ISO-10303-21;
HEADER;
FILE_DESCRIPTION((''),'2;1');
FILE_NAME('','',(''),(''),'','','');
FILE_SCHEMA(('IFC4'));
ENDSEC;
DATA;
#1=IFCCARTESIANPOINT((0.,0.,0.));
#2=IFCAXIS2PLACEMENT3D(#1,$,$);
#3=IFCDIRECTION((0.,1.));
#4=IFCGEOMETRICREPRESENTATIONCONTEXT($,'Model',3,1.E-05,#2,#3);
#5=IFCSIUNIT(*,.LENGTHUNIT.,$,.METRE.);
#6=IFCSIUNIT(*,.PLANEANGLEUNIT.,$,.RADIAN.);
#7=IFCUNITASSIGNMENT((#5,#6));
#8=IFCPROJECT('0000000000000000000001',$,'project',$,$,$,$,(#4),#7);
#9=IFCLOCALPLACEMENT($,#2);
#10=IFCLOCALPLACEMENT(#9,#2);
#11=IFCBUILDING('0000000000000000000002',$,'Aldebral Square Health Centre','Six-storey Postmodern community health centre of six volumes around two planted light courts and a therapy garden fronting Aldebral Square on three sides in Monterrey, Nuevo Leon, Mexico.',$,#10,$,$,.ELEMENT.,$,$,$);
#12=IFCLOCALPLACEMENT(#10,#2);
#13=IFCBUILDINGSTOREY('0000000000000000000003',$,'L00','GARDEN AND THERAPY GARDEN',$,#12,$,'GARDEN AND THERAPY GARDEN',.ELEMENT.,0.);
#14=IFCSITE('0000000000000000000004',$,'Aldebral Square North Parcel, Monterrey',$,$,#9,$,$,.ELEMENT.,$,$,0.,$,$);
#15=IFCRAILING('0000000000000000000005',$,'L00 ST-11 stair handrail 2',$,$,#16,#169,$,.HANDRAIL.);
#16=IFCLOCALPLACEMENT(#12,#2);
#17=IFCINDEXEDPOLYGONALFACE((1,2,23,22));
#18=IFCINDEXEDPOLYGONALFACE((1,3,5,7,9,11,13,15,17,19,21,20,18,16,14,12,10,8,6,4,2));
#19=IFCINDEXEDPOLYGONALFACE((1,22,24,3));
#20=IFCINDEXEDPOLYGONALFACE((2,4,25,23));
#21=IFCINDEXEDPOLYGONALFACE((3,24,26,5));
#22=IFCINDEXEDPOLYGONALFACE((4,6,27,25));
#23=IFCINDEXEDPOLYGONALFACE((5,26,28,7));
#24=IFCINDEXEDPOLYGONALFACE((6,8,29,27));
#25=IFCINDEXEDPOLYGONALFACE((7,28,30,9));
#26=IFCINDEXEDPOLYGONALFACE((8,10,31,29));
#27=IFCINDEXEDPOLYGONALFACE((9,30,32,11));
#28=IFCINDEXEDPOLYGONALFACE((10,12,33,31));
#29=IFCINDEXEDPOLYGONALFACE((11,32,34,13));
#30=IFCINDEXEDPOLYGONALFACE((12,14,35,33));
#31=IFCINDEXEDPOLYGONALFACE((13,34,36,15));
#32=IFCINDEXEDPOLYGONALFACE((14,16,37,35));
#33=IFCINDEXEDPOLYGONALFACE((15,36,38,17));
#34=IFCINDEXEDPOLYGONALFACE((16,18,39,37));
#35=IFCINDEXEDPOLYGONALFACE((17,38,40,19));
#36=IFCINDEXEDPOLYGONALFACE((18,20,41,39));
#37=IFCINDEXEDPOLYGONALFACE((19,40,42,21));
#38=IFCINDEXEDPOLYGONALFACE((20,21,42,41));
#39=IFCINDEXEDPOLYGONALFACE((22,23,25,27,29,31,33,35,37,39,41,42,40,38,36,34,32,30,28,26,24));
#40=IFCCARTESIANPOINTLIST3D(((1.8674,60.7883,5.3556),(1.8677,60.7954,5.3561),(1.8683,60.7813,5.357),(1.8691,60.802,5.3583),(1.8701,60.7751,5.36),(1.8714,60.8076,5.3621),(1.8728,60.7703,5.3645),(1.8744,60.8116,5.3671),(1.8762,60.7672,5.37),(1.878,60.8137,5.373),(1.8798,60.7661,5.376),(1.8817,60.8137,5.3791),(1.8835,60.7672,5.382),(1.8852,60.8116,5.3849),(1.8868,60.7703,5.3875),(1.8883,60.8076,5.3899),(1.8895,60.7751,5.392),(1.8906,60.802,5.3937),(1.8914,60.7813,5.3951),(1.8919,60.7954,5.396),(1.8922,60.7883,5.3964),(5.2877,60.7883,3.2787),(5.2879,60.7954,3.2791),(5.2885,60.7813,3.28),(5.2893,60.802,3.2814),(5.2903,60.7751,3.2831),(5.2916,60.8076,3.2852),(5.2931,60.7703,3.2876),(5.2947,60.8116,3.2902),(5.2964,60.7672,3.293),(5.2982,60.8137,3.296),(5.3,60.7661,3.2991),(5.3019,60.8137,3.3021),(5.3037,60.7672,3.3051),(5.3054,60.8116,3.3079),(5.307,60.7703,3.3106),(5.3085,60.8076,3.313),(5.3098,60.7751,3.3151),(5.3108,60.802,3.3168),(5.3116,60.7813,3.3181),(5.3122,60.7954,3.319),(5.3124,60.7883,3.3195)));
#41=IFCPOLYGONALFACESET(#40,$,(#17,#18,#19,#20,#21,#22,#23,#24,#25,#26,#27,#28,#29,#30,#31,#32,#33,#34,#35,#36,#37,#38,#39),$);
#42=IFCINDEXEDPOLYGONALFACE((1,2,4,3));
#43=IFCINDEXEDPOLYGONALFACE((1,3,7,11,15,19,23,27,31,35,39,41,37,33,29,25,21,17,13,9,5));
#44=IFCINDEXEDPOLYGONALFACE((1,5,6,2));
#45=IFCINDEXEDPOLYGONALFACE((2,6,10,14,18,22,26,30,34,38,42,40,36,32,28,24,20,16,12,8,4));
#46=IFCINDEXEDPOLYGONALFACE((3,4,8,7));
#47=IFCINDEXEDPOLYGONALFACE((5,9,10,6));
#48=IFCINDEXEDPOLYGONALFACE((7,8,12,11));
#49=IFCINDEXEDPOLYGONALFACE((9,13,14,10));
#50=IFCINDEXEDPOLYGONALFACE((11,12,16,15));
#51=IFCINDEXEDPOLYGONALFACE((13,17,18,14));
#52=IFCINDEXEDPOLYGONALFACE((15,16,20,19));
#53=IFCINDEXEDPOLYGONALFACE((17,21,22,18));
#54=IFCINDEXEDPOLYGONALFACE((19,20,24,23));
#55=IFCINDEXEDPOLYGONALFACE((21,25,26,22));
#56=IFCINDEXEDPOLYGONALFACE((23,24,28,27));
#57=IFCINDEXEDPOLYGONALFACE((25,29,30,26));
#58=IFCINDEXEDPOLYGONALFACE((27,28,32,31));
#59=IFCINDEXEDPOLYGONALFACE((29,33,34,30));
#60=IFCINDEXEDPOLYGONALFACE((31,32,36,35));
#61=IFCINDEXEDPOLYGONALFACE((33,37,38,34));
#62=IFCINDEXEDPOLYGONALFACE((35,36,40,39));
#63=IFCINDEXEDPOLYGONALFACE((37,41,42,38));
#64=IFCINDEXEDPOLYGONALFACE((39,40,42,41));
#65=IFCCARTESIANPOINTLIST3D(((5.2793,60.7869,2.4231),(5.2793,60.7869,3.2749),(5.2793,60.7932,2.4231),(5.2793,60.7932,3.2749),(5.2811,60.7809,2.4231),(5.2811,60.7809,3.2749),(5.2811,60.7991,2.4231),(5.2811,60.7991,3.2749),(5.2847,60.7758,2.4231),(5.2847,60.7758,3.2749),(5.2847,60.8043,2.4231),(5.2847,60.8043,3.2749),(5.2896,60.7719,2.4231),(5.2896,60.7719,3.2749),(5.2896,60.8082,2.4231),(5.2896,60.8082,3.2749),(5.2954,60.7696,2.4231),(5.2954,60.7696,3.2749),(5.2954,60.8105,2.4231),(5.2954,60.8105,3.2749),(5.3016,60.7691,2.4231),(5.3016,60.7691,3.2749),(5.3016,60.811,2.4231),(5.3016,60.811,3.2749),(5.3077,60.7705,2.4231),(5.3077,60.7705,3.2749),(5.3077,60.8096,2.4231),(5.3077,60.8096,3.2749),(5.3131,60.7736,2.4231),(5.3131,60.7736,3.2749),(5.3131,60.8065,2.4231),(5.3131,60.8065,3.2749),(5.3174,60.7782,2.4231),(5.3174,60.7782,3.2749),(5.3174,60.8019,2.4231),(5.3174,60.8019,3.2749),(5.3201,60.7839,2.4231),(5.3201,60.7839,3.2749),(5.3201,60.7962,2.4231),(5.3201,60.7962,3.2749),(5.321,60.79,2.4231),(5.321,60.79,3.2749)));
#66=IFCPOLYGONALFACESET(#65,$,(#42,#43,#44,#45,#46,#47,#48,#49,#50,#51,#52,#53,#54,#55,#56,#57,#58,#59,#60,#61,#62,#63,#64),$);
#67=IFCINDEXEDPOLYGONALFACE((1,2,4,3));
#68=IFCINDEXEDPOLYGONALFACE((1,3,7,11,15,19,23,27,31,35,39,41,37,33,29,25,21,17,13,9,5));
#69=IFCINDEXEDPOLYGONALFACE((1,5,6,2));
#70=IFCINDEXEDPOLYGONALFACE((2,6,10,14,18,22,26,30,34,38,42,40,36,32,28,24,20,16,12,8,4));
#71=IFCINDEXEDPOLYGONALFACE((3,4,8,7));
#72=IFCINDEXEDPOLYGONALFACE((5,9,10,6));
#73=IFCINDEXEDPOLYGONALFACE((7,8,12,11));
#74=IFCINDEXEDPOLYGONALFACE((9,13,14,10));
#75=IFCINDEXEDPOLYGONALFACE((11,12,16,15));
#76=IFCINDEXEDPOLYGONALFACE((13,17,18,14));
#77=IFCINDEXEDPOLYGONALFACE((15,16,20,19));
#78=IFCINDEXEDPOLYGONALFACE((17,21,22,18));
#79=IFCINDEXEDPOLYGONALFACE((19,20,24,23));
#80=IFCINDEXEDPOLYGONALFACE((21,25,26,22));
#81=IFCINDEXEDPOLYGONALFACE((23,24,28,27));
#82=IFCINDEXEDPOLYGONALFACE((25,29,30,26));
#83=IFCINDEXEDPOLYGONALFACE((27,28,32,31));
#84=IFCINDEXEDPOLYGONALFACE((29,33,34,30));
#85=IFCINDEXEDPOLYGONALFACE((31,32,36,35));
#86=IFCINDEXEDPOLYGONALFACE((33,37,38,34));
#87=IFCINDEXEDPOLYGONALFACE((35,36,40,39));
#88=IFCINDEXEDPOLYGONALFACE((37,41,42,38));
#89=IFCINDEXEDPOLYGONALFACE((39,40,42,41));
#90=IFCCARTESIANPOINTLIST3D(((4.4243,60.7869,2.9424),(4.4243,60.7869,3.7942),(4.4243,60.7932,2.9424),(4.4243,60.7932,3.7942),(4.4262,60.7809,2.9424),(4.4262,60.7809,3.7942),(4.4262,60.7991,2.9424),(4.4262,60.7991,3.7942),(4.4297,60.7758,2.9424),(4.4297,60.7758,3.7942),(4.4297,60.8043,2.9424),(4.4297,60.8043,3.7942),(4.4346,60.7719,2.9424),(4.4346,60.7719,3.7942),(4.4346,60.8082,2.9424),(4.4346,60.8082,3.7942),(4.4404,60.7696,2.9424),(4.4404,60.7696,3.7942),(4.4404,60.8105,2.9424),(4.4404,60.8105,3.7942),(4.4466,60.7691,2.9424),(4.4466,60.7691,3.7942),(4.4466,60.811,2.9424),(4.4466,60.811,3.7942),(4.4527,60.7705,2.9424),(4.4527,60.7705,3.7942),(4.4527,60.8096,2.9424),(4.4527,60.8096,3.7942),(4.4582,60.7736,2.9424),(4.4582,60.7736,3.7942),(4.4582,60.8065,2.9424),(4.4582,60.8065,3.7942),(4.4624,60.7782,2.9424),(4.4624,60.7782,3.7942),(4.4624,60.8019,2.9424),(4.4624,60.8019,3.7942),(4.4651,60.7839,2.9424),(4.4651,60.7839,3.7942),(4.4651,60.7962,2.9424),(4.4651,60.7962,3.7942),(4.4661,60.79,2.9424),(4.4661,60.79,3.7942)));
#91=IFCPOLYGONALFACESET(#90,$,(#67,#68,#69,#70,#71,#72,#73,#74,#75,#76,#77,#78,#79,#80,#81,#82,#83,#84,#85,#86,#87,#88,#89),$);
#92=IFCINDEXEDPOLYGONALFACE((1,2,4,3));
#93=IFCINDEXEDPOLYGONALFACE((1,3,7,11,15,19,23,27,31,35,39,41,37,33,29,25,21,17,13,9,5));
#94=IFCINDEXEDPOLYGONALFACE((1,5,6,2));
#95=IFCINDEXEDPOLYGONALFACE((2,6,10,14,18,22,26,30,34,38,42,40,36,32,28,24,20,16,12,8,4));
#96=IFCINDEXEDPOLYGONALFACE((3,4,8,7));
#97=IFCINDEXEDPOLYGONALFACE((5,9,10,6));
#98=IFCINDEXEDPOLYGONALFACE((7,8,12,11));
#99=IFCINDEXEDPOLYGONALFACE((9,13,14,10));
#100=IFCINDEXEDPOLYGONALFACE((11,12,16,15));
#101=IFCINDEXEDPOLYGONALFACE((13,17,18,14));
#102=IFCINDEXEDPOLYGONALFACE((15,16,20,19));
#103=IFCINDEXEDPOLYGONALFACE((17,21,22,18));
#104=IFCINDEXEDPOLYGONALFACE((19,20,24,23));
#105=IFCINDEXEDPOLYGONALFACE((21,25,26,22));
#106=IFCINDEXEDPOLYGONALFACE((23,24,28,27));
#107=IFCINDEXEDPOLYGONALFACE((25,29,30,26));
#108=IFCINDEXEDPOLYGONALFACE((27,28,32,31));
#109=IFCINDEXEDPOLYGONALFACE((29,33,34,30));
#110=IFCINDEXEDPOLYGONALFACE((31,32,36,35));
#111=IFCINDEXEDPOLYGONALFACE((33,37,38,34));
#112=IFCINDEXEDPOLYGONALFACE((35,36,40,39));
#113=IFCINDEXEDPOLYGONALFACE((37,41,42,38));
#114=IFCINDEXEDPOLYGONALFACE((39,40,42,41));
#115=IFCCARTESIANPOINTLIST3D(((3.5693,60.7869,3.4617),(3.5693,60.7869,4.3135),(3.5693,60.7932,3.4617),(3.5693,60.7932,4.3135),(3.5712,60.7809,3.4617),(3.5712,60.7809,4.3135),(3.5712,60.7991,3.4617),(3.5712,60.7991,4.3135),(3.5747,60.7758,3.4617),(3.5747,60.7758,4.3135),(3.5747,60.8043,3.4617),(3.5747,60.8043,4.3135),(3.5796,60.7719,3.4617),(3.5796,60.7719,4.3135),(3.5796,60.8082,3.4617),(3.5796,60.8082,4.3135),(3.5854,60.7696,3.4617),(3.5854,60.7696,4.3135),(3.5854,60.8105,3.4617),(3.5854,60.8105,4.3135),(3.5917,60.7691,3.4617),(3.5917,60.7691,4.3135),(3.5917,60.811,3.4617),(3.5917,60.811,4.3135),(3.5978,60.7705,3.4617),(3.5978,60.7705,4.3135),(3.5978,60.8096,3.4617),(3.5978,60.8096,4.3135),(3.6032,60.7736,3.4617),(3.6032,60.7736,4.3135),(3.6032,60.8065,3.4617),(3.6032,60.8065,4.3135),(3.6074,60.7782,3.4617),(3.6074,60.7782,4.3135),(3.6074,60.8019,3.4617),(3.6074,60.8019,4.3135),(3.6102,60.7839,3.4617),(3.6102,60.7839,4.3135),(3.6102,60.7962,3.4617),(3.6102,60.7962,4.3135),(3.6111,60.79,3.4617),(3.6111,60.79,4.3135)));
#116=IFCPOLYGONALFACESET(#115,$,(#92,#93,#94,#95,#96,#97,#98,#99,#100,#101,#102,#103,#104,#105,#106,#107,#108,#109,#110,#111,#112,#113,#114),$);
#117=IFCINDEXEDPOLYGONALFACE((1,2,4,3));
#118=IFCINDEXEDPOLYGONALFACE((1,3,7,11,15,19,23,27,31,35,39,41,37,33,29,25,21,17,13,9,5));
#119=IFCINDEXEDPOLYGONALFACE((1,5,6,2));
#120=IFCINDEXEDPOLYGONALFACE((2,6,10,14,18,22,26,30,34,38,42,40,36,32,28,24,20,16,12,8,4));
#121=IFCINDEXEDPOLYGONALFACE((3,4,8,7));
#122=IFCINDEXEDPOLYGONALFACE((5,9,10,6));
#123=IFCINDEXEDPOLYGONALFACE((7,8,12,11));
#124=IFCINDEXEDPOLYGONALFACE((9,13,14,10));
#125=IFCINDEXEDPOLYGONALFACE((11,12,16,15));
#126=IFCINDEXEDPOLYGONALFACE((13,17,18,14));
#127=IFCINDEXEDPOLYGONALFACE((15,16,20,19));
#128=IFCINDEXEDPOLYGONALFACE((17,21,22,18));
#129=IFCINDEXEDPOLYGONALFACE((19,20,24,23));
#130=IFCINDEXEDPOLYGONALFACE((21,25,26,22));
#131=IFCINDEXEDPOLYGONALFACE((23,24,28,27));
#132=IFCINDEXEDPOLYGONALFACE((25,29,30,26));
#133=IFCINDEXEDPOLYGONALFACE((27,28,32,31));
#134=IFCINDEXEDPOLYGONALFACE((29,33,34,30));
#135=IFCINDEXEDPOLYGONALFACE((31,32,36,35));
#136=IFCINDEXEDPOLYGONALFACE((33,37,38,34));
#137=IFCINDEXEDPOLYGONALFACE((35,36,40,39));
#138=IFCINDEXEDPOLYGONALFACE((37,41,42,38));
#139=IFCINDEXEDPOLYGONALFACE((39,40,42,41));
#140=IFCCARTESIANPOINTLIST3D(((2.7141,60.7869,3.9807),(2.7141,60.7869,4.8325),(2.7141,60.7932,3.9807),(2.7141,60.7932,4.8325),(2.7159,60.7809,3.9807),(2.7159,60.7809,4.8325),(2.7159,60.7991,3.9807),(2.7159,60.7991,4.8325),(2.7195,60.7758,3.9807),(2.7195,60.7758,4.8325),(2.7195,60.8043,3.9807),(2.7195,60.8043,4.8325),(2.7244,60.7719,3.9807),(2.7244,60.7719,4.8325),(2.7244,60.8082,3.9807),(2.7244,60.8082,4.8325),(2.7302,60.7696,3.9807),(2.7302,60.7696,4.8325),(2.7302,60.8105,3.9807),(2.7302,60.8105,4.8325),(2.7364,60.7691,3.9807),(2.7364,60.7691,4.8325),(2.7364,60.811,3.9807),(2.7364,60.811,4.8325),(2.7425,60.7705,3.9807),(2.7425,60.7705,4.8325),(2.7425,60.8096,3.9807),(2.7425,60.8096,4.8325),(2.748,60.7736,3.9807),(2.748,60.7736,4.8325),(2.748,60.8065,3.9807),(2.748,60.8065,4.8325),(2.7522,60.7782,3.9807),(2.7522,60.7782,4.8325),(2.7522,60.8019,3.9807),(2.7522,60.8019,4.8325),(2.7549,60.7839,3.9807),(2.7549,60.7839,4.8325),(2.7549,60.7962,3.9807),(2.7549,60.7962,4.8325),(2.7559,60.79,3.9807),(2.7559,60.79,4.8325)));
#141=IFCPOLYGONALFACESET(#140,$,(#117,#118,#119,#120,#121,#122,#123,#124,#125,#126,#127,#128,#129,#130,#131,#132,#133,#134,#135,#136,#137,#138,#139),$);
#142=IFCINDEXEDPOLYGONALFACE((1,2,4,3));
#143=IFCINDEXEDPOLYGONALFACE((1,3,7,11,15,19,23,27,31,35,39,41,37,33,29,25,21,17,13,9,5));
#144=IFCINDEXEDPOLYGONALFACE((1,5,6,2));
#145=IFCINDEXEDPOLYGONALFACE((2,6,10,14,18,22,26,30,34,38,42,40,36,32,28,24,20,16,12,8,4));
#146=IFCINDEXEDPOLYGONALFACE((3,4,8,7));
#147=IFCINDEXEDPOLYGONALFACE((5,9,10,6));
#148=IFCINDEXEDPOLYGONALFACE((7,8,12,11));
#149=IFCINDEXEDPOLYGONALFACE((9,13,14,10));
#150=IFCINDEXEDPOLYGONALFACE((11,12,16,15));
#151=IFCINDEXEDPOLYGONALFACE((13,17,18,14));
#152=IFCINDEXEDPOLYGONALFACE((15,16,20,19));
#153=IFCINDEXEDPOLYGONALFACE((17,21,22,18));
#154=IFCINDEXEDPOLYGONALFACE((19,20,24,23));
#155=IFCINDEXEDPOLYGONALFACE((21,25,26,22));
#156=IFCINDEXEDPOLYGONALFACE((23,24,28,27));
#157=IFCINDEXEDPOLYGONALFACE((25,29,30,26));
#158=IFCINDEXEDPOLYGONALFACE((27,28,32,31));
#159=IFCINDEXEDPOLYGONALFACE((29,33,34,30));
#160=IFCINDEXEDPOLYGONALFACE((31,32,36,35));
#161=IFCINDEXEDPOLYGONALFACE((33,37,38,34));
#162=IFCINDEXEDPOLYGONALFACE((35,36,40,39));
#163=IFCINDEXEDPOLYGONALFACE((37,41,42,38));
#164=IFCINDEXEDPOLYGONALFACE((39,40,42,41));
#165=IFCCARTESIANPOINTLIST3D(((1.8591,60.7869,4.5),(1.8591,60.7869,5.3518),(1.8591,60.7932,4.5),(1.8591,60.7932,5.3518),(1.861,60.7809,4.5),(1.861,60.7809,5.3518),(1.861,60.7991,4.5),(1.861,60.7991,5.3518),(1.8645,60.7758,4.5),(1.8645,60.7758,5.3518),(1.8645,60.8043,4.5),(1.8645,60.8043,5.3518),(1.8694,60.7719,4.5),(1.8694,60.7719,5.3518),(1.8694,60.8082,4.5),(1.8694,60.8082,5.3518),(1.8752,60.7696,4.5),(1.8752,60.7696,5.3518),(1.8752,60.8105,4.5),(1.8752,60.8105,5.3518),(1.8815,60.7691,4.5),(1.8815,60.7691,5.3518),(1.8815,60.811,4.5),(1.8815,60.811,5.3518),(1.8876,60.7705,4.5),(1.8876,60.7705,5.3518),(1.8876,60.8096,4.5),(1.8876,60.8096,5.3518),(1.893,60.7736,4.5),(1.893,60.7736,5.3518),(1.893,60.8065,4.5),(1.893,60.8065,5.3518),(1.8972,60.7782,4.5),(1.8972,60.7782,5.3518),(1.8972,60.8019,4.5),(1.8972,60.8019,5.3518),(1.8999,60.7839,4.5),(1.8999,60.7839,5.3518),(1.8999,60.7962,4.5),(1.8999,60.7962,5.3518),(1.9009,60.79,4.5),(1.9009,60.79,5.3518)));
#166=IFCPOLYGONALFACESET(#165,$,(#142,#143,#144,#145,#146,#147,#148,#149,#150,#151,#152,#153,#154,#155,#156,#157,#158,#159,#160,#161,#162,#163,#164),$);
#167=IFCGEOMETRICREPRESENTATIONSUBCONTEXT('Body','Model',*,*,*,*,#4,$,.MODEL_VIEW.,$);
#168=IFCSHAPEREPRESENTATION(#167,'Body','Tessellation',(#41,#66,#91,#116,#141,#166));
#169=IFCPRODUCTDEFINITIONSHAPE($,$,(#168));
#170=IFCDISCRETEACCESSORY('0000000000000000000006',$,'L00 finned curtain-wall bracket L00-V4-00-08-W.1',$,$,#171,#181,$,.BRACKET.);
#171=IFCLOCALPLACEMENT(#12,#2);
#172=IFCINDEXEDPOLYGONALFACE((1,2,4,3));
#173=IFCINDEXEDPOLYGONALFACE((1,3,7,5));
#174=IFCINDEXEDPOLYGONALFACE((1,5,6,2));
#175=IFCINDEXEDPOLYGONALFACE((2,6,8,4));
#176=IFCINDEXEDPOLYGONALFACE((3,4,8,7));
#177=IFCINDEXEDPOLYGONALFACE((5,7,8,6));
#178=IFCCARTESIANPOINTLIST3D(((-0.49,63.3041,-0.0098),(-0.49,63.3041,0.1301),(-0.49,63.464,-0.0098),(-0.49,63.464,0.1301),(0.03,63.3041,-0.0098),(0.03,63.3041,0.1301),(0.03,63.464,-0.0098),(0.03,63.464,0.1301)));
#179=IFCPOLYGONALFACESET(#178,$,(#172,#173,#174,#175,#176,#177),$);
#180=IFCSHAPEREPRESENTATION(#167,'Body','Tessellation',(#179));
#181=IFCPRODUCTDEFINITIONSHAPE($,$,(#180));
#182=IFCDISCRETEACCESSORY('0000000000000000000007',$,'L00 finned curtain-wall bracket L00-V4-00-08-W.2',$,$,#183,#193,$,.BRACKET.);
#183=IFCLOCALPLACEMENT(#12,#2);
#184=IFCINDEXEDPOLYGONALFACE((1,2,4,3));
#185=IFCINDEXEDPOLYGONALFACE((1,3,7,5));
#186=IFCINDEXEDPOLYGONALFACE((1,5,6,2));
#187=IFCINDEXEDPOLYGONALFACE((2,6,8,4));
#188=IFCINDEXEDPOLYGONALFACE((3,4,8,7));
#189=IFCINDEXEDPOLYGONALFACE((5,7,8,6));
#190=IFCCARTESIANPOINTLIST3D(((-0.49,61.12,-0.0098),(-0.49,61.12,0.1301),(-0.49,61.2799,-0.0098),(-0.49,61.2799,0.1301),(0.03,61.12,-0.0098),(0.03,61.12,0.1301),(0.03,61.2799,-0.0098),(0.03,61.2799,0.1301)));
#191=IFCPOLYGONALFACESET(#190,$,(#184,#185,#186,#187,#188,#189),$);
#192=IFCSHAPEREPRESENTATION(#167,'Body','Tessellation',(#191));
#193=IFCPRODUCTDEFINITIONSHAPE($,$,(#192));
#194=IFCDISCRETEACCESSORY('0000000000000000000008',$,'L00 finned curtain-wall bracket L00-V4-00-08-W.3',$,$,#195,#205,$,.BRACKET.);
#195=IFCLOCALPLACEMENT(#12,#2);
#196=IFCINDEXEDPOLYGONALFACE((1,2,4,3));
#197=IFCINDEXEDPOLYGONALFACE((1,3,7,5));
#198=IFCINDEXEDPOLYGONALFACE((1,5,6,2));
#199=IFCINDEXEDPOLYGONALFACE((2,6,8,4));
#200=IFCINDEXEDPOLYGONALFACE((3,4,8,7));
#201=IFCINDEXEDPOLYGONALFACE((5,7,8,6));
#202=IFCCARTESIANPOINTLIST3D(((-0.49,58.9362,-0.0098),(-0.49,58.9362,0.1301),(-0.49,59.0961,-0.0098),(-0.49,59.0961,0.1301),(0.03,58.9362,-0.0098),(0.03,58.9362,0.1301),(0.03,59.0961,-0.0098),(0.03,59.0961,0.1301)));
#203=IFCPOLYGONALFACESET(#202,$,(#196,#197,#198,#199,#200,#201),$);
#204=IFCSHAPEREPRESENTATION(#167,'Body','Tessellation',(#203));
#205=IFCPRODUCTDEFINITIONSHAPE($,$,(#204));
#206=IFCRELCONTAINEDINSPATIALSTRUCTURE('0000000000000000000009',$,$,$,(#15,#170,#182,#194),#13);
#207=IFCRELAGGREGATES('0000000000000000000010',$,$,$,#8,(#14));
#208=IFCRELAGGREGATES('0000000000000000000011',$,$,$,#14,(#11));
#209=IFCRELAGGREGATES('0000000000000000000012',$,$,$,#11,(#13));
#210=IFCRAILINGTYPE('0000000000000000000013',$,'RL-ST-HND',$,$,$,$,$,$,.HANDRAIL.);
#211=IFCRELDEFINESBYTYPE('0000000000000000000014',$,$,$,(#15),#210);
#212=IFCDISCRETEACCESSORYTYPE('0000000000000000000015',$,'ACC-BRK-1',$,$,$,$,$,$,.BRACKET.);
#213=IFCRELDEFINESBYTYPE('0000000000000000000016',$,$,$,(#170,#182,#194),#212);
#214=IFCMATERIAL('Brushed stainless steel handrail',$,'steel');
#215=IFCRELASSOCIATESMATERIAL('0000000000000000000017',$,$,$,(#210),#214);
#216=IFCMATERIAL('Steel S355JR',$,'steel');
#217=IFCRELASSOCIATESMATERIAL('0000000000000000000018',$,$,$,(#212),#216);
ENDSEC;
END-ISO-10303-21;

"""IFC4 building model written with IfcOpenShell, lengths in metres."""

from ifc_helpers import new_model, si_unit, direction, frame, origin, origin_2d, place, context, subcontext, project, spatial, rectangle, circle, extrude, material, type_object, element, save


model = new_model("IFC4")

# Units and contexts
model_context = context("Model", 3, precision=1e-05, world=origin(), true_north=direction((0.0, 1.0)))
body_context = subcontext(model_context, "Body", "Model", "MODEL_VIEW")
ifc_project = project(units=[si_unit("LENGTHUNIT", "METRE"), si_unit("PLANEANGLEUNIT", "RADIAN")], contexts=[model_context])

# Site, building, storey
site_placement = place(None, origin())
site = spatial("IfcSite", under=ifc_project, at=site_placement, Name="Aldebral Square North Parcel, Monterrey", CompositionType="ELEMENT", RefElevation=0.0)
building_placement = place(site_placement, origin())
building = spatial("IfcBuilding", under=site, at=building_placement, Name="Aldebral Square Health Centre", Description="Six-storey Postmodern community health centre of six volumes around two planted light courts and a therapy garden fronting Aldebral Square on three sides in Monterrey, Nuevo Leon, Mexico.", CompositionType="ELEMENT")
storey_placement = place(building_placement, origin())
storey = spatial("IfcBuildingStorey", under=building, at=storey_placement, Name="L00", Description="GARDEN AND THERAPY GARDEN", LongName="GARDEN AND THERAPY GARDEN", CompositionType="ELEMENT", Elevation=0.0)

# Railing
ifc_material_1 = material(Name="Brushed stainless steel handrail", Category="steel")
railing_type_1 = type_object("IfcRailingType", Name="RL-ST-HND", PredefinedType="HANDRAIL", material=ifc_material_1)
railing_1_placement = place(storey_placement, frame((5.3, 60.79, 2.4231)))
element("IfcRailing", 1, at=railing_1_placement, inside=storey, type_object=railing_type_1, Name="L00 ST-11 stair handrail 2", PredefinedType="HANDRAIL", context=body_context, shape_type="SweptSolid", body=[
    extrude(circle(Radius=0.0239, at=origin_2d()), frame((0.0, 0.0, 0.876), z_axis=(-0.854746, 0.0, 0.519047), x_axis=(0.0, -1.0, 0.0)), (0.0, 0.0, 1.0), 4.0015),
    extrude(circle(Radius=0.021, at=origin_2d()), origin(), (0.0, 0.0, 1.0), 0.8518),
    extrude(circle(Radius=0.021, at=origin_2d()), frame((-0.855, 0.0, 0.5193)), (0.0, 0.0, 1.0), 0.8518),
    extrude(circle(Radius=0.021, at=origin_2d()), frame((-1.71, 0.0, 1.0386)), (0.0, 0.0, 1.0), 0.8518),
    extrude(circle(Radius=0.021, at=origin_2d()), frame((-2.5652, 0.0, 1.5576)), (0.0, 0.0, 1.0), 0.8518),
    extrude(circle(Radius=0.021, at=origin_2d()), frame((-3.4202, 0.0, 2.0769)), (0.0, 0.0, 1.0), 0.8518),
])

# Discrete accessories
ifc_material_2 = material(Name="Steel S355JR", Category="steel")
discrete_accessory_type = type_object("IfcDiscreteAccessoryType", Name="ACC-BRK-1", PredefinedType="BRACKET", material=ifc_material_2)
for number, where, z_axis, x_axis, name in (
    (2, (-0.23, 63.384, -0.0098), (0.0, 0.0, 1.0), (0.0, 1.0, 0.0), "L00 finned curtain-wall bracket L00-V4-00-08-W.1"),
    (3, (-0.23, 61.2, -0.0098), (0.0, 0.0, 1.0), (0.0, 1.0, 0.0), "L00 finned curtain-wall bracket L00-V4-00-08-W.2"),
    (4, (-0.23, 59.0161, -0.0098), (0.0, 0.0, 1.0), (0.0, 1.0, 0.0), "L00 finned curtain-wall bracket L00-V4-00-08-W.3"),
):
    element("IfcDiscreteAccessory", number, at=place(storey_placement, frame(where, z_axis=z_axis, x_axis=x_axis)), inside=storey, type_object=discrete_accessory_type, Name=name, PredefinedType="BRACKET", context=body_context, shape_type="SweptSolid", body=[
        extrude(rectangle(XDim=0.1599, YDim=0.52, at=origin_2d()), origin(), (0.0, 0.0, 1.0), 0.1399),
    ])

save(model, "model.ifc")
